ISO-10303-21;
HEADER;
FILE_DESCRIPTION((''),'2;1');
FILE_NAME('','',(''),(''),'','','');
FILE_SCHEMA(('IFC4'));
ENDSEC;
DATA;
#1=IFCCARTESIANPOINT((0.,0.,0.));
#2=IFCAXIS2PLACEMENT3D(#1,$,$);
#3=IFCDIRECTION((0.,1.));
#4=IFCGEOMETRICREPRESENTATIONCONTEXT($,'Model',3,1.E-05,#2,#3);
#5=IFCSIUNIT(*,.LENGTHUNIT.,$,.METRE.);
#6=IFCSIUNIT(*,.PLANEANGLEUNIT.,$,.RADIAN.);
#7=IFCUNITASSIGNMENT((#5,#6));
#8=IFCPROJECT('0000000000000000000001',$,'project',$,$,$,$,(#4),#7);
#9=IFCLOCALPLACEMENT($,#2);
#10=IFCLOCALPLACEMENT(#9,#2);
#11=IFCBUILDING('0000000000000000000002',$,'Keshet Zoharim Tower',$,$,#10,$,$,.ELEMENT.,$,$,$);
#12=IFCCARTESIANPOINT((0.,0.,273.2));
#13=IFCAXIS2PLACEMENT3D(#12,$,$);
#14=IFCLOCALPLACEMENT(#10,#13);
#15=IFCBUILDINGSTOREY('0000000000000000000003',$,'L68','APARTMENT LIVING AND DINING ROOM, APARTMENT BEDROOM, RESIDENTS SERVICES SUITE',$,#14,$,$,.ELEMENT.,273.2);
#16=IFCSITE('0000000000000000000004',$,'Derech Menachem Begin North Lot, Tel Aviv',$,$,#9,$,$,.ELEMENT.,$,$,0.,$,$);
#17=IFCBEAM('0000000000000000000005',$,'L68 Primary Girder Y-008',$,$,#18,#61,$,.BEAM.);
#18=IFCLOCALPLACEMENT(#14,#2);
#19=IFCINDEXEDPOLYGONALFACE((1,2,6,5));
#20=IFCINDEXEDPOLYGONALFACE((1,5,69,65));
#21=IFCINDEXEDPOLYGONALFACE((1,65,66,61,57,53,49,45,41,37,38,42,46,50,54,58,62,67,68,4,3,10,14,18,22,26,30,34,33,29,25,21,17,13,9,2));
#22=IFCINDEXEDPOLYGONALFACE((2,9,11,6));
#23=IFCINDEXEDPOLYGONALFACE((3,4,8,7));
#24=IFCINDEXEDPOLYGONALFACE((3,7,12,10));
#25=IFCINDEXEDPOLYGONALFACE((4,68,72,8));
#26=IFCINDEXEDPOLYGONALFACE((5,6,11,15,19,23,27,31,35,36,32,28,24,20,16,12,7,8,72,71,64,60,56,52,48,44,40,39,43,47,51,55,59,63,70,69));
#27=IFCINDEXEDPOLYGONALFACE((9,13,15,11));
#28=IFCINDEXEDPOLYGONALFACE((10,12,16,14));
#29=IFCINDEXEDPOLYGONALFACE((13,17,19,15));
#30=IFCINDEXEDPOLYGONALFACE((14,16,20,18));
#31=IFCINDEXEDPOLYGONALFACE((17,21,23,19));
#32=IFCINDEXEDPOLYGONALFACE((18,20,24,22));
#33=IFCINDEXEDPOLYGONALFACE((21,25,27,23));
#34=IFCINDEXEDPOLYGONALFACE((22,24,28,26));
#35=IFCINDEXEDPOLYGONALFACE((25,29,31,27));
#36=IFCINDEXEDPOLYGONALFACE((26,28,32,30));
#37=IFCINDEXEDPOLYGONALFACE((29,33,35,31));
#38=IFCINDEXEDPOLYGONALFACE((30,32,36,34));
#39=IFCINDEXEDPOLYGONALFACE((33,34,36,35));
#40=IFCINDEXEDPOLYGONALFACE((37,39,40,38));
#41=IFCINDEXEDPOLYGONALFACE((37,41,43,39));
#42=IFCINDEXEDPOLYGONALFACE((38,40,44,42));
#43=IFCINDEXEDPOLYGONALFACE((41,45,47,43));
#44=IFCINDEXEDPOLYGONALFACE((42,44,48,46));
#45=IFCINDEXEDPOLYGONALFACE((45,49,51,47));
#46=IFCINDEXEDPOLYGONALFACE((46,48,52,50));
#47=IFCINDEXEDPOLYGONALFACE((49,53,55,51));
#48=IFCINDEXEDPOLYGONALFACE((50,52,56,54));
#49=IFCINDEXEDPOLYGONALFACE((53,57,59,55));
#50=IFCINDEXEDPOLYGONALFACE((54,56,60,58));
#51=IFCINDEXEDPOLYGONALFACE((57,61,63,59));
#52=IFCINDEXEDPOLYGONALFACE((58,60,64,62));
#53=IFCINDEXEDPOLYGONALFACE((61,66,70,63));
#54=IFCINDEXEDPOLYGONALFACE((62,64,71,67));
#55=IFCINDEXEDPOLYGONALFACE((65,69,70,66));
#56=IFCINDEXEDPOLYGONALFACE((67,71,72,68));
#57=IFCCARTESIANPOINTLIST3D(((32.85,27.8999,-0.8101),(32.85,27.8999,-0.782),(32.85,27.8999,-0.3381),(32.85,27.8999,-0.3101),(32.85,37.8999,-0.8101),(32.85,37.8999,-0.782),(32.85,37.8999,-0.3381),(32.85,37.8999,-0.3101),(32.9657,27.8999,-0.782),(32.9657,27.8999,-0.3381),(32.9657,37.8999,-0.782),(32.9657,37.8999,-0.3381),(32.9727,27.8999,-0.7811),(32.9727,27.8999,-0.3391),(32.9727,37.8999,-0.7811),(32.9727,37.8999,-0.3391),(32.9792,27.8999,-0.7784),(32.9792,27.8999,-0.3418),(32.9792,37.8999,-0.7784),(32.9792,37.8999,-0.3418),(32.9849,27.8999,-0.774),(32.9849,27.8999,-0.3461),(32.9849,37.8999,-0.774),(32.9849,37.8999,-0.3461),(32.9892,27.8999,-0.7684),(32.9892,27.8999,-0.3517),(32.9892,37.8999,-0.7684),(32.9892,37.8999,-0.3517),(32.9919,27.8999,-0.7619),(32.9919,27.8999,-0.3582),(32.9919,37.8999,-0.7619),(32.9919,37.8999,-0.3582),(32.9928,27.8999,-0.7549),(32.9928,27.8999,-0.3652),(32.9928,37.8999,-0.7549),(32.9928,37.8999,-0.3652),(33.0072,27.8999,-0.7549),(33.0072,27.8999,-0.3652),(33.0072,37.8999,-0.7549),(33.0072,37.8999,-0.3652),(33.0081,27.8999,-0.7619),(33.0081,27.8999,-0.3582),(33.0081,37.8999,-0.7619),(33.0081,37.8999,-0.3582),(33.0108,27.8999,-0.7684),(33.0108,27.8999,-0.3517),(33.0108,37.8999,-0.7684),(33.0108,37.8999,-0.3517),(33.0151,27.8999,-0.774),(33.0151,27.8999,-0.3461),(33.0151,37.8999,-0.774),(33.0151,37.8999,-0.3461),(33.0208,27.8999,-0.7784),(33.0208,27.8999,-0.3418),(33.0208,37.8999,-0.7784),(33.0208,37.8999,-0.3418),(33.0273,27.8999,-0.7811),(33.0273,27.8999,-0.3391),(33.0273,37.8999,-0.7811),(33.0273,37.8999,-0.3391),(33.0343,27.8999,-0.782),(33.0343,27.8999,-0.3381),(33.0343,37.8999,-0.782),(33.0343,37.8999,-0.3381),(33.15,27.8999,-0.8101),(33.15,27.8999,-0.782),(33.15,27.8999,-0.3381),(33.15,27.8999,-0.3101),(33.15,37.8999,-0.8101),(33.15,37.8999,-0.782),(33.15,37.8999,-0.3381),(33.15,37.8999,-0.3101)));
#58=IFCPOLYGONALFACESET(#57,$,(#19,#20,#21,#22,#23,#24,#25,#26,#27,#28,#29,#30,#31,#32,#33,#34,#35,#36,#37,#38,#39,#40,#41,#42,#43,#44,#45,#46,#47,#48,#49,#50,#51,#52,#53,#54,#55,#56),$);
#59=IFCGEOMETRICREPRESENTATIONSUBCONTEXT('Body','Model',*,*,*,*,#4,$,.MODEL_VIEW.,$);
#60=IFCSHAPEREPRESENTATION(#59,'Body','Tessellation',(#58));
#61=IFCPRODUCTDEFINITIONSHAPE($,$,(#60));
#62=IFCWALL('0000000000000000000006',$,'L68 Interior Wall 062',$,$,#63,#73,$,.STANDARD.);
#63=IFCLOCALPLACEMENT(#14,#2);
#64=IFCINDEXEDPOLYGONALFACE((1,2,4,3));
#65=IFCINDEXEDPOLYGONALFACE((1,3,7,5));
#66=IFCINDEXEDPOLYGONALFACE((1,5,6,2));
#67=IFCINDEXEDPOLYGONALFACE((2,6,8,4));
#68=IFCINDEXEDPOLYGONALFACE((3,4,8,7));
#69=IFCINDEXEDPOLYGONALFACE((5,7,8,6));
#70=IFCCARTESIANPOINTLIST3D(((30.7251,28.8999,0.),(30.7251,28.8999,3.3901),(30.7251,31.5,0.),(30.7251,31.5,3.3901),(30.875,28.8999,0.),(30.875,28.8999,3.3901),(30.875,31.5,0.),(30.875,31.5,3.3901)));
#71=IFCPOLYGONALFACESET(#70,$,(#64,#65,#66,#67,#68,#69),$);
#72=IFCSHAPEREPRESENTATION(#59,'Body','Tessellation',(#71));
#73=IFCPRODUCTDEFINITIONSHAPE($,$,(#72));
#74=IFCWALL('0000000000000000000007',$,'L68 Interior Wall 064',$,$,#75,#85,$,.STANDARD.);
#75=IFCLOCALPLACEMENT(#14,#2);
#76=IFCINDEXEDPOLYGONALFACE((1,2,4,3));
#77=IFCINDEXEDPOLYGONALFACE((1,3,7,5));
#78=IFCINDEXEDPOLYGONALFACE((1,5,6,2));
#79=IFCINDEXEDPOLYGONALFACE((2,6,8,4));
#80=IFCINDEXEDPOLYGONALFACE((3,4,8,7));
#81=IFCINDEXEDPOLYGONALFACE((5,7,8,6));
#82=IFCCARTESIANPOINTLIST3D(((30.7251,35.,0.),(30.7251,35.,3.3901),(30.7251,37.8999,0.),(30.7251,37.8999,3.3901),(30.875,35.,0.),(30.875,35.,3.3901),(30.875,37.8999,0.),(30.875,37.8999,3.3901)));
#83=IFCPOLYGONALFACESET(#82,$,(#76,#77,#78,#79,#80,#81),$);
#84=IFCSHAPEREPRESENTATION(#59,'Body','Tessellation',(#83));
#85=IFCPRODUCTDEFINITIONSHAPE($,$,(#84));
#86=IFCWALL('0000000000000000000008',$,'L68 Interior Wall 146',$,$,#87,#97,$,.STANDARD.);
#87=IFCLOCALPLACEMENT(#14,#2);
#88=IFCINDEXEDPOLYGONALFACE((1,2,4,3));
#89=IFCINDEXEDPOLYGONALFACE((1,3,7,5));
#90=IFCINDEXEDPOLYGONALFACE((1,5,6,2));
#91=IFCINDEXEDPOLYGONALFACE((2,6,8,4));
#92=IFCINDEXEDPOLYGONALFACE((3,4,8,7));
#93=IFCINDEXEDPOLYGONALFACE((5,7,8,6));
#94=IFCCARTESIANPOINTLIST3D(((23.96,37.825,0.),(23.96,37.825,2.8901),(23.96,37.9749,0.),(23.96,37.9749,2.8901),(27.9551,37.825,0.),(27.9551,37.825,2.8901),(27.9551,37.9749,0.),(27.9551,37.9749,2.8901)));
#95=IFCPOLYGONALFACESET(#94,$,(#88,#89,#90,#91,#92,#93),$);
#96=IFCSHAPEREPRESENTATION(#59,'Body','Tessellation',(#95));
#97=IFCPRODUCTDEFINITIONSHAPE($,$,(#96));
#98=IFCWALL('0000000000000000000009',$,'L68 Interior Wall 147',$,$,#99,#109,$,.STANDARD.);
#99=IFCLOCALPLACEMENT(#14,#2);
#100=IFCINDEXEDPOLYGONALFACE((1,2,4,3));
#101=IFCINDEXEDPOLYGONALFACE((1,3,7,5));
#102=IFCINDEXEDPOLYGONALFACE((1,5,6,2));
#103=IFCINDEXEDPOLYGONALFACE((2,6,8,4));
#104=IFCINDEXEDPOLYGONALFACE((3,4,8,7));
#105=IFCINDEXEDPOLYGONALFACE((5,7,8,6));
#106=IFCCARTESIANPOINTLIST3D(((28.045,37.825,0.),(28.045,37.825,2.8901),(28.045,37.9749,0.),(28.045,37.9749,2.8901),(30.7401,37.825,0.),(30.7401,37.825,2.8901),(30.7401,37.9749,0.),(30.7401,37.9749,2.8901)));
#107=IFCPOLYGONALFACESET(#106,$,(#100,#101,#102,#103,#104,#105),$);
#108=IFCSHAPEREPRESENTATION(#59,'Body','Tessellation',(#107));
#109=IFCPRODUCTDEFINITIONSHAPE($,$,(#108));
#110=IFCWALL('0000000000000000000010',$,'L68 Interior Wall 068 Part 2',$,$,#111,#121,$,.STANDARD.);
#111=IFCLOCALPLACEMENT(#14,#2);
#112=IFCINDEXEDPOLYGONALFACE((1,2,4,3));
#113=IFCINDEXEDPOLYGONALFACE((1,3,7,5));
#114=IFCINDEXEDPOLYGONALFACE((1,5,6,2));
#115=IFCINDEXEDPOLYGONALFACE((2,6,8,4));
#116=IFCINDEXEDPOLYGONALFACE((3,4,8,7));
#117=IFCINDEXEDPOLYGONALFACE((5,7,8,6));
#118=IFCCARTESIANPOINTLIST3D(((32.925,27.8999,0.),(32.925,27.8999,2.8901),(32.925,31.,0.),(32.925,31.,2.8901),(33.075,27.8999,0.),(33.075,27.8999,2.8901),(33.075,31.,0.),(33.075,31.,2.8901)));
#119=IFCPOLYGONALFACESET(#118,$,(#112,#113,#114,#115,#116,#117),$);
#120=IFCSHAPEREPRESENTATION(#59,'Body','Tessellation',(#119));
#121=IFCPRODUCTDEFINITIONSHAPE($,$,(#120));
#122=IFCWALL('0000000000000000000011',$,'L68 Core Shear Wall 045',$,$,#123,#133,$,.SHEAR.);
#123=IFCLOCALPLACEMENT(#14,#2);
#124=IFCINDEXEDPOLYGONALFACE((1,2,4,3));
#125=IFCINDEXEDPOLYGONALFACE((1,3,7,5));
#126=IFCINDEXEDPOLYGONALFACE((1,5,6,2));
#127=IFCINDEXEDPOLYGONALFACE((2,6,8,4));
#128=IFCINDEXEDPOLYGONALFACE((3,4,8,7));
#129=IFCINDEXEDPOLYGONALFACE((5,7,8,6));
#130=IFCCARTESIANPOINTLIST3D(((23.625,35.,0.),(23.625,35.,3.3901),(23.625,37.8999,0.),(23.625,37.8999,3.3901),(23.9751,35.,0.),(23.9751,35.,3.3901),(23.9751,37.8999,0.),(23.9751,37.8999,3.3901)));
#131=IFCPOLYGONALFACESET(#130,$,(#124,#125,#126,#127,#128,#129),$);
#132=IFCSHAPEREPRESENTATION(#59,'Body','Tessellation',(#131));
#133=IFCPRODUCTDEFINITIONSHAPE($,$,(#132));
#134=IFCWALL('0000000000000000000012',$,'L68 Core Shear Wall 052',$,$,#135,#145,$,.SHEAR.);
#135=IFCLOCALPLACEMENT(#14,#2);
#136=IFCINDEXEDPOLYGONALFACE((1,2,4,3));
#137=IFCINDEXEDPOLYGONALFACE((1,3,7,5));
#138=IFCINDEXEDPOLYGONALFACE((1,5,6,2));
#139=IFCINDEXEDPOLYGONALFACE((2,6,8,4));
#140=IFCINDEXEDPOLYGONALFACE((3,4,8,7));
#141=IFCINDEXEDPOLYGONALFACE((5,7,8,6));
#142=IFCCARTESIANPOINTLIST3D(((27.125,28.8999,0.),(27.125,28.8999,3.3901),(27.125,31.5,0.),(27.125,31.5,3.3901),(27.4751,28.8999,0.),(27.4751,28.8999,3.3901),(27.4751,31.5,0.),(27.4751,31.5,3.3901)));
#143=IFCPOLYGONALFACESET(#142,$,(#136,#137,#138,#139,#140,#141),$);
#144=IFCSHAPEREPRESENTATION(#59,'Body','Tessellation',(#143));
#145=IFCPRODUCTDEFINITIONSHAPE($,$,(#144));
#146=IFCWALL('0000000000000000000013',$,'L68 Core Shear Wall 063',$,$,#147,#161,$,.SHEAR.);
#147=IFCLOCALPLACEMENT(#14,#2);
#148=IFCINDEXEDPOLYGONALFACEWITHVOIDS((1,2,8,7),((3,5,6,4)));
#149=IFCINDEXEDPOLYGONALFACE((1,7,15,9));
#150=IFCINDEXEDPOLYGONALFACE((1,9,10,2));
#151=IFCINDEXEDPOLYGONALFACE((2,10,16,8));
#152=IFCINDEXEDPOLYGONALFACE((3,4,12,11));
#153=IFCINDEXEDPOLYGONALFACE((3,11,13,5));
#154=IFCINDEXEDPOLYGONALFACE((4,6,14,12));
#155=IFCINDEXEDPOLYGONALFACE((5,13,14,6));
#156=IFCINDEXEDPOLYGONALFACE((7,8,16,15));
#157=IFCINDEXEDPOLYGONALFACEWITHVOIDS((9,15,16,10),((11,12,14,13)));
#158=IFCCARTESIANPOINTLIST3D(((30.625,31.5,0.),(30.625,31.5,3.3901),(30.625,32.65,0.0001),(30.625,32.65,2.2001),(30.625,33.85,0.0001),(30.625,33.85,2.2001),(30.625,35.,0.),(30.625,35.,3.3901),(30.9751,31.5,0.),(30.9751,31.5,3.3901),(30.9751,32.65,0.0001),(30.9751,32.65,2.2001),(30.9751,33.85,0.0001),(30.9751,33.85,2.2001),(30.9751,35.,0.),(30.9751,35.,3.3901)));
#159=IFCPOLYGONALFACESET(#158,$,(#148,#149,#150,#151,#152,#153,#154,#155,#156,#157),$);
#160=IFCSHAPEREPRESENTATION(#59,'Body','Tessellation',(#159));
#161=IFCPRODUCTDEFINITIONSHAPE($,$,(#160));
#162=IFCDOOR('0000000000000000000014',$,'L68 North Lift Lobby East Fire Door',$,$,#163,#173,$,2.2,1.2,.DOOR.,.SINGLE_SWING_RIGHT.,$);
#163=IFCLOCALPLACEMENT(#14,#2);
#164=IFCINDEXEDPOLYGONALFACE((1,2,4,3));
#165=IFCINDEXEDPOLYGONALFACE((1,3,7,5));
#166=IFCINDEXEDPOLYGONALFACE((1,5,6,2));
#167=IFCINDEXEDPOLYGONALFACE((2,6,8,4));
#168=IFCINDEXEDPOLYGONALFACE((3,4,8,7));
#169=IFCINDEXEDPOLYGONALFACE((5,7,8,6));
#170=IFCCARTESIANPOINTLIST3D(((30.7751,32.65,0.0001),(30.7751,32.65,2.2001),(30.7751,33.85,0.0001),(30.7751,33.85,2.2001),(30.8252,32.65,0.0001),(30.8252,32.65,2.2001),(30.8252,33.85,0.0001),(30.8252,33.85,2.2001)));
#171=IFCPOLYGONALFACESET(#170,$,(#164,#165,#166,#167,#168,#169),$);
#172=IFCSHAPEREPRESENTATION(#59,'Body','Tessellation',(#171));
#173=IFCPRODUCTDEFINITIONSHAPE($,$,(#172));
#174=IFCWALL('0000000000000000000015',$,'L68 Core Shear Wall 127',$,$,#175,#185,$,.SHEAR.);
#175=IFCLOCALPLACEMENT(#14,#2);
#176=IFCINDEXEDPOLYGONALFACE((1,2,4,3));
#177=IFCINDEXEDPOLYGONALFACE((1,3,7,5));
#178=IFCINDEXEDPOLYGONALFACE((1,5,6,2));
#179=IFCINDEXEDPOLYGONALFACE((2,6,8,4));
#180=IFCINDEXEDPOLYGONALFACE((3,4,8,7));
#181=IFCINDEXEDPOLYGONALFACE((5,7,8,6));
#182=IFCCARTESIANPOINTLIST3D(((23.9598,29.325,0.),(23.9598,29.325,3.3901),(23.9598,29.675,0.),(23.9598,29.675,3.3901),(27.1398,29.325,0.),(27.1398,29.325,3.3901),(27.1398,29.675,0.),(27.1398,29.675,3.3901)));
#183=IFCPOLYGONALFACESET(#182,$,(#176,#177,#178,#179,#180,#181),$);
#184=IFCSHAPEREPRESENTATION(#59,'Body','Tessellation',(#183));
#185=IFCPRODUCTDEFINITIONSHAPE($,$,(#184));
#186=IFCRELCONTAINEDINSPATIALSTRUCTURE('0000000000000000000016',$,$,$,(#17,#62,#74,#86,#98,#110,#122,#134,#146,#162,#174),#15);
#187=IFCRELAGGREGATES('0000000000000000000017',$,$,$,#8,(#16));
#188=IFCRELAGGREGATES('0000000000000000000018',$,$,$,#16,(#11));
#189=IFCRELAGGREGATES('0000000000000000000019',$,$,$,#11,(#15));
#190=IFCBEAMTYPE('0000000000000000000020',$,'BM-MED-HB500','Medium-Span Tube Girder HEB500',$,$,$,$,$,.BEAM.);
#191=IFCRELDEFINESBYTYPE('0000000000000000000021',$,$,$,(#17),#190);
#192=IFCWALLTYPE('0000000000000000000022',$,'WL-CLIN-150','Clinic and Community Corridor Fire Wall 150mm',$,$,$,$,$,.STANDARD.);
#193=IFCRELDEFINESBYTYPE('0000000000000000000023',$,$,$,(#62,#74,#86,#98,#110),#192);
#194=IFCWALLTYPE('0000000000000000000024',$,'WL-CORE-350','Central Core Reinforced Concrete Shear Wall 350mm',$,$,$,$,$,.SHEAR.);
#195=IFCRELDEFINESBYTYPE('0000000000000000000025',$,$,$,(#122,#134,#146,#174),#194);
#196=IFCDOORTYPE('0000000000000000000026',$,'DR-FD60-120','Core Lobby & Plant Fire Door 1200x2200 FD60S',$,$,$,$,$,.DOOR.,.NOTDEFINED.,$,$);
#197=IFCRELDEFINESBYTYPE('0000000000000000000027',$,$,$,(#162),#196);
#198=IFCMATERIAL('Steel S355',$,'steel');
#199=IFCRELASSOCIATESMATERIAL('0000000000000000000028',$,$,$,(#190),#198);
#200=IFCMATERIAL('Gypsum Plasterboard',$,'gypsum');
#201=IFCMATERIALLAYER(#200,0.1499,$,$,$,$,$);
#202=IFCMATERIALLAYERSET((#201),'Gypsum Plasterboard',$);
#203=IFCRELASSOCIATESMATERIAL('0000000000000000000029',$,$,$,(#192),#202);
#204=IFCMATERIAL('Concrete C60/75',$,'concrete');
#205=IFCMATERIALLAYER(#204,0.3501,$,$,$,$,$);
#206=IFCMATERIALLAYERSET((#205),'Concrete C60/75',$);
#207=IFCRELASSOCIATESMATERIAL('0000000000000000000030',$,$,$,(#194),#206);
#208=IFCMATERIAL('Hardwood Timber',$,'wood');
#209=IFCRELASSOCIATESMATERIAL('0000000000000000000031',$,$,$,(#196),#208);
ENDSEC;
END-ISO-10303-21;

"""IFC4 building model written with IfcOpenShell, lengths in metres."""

from ifc_helpers import new_model, si_unit, direction, frame, frame_2d, origin, origin_2d, place, context, subcontext, project, spatial, rectangle, i_section, extrude, material, layer, layer_set, material_profile, profile_set, type_object, element, fill, save


model = new_model("IFC4")

# Units and contexts
model_context = context("Model", 3, precision=1e-05, world=origin(), true_north=direction((0.0, 1.0)))
body_context = subcontext(model_context, "Body", "Model", "MODEL_VIEW")
ifc_project = project(units=[si_unit("LENGTHUNIT", "METRE"), si_unit("PLANEANGLEUNIT", "RADIAN")], contexts=[model_context])

# Site, building, storey
site_placement = place(None, origin())
site = spatial("IfcSite", under=ifc_project, at=site_placement, Name="Derech Menachem Begin North Lot, Tel Aviv", CompositionType="ELEMENT", RefElevation=0.0)
building_placement = place(site_placement, origin())
building = spatial("IfcBuilding", under=site, at=building_placement, Name="Keshet Zoharim Tower", CompositionType="ELEMENT")
storey_placement = place(building_placement, frame((0.0, 0.0, 273.2)))
storey = spatial("IfcBuildingStorey", under=building, at=storey_placement, Name="L68", Description="APARTMENT LIVING AND DINING ROOM, APARTMENT BEDROOM, RESIDENTS SERVICES SUITE", CompositionType="ELEMENT", Elevation=273.2)

# Beam
ifc_material_1 = material(Name="Steel S355", Category="steel")
ifc_material_profile_1 = material_profile(ifc_material_1, i_section(OverallWidth=0.3, OverallDepth=0.5, WebThickness=0.0144, FlangeThickness=0.0281, FilletRadius=0.0271, at=origin_2d()), Name="HEB500")
ifc_profile_set_1 = profile_set([ifc_material_profile_1], Name="Steel S355")
beam_type_1 = type_object("IfcBeamType", Name="BM-MED-HB500", Description="Medium-Span Tube Girder HEB500", PredefinedType="BEAM", material=ifc_profile_set_1)
beam_1_placement = place(storey_placement, frame((33.0, 27.8999, -0.5601), z_axis=(0.0, 1.0, 0.0), x_axis=(-1.0, 0.0, 0.0)))
element("IfcBeam", 1, at=beam_1_placement, inside=storey, type_object=beam_type_1, Name="L68 Primary Girder Y-008", PredefinedType="BEAM", context=body_context, shape_type="SweptSolid", body=[
    extrude(i_section(OverallWidth=0.3, OverallDepth=0.5, WebThickness=0.0144, FlangeThickness=0.0281, FilletRadius=0.0271, at=origin_2d()), origin(), (0.0, 0.0, 1.0), 10.0),
])

# Walls
ifc_material_2 = material(Name="Gypsum Plasterboard", Category="gypsum")
ifc_layer_1 = layer(ifc_material_2, 0.1499)
ifc_layer_set_1 = layer_set([ifc_layer_1], Name="Gypsum Plasterboard")
wall_type_1 = type_object("IfcWallType", Name="WL-CLIN-150", Description="Clinic and Community Corridor Fire Wall 150mm", PredefinedType="STANDARD", material=ifc_layer_set_1)
wall_1_placement = place(storey_placement, frame((30.8, 28.8999, 0.0), z_axis=(0.0, 0.0, 1.0), x_axis=(0.0, 1.0, 0.0)))
element("IfcWall", 2, at=wall_1_placement, inside=storey, type_object=wall_type_1, Name="L68 Interior Wall 062", PredefinedType="STANDARD", context=body_context, shape_type="SweptSolid", body=[
    extrude(rectangle(XDim=2.6001, YDim=0.1499, at=frame_2d((1.3, 0.0))), origin(), (0.0, 0.0, 1.0), 3.3901),
])
wall_2_placement = place(storey_placement, frame((30.8, 35.0, 0.0), z_axis=(0.0, 0.0, 1.0), x_axis=(0.0, 1.0, 0.0)))
element("IfcWall", 3, at=wall_2_placement, inside=storey, type_object=wall_type_1, Name="L68 Interior Wall 064", PredefinedType="STANDARD", context=body_context, shape_type="SweptSolid", body=[
    extrude(rectangle(XDim=2.8999, YDim=0.1499, at=frame_2d((1.45, 0.0))), origin(), (0.0, 0.0, 1.0), 3.3901),
])
wall_3_placement = place(storey_placement, frame((23.96, 37.8999, 0.0), z_axis=(0.0, 0.0, 1.0), x_axis=(1.0, 0.0, 0.0)))
element("IfcWall", 4, at=wall_3_placement, inside=storey, type_object=wall_type_1, Name="L68 Interior Wall 146", PredefinedType="STANDARD", context=body_context, shape_type="SweptSolid", body=[
    extrude(rectangle(XDim=3.9951, YDim=0.1499, at=frame_2d((1.9976, 0.0))), origin(), (0.0, 0.0, 1.0), 2.8901),
])
wall_4_placement = place(storey_placement, frame((28.0449, 37.8999, 0.0), z_axis=(0.0, 0.0, 1.0), x_axis=(1.0, 0.0, 0.0)))
element("IfcWall", 5, at=wall_4_placement, inside=storey, type_object=wall_type_1, Name="L68 Interior Wall 147", PredefinedType="STANDARD", context=body_context, shape_type="SweptSolid", body=[
    extrude(rectangle(XDim=2.6951, YDim=0.1499, at=frame_2d((1.3477, 0.0))), origin(), (0.0, 0.0, 1.0), 2.8901),
])
wall_5_placement = place(storey_placement, frame((33.0, 27.8999, 0.0), z_axis=(0.0, 0.0, 1.0), x_axis=(0.0, 1.0, 0.0)))
element("IfcWall", 6, at=wall_5_placement, inside=storey, type_object=wall_type_1, Name="L68 Interior Wall 068 Part 2", PredefinedType="STANDARD", context=body_context, shape_type="SweptSolid", body=[
    extrude(rectangle(XDim=3.1001, YDim=0.1499, at=frame_2d((1.55, 0.0))), origin(), (0.0, 0.0, 1.0), 2.8901),
])
ifc_material_3 = material(Name="Concrete C60/75", Category="concrete")
ifc_layer_2 = layer(ifc_material_3, 0.3501)
ifc_layer_set_2 = layer_set([ifc_layer_2], Name="Concrete C60/75")
wall_type_2 = type_object("IfcWallType", Name="WL-CORE-350", Description="Central Core Reinforced Concrete Shear Wall 350mm", PredefinedType="SHEAR", material=ifc_layer_set_2)
wall_6_placement = place(storey_placement, frame((23.8, 35.0, 0.0), z_axis=(0.0, 0.0, 1.0), x_axis=(0.0, 1.0, 0.0)))
element("IfcWall", 7, at=wall_6_placement, inside=storey, type_object=wall_type_2, Name="L68 Core Shear Wall 045", PredefinedType="SHEAR", context=body_context, shape_type="SweptSolid", body=[
    extrude(rectangle(XDim=2.8999, YDim=0.3501, at=frame_2d((1.45, 0.0))), origin(), (0.0, 0.0, 1.0), 3.3901),
])
wall_7_placement = place(storey_placement, frame((27.3, 28.8999, 0.0), z_axis=(0.0, 0.0, 1.0), x_axis=(0.0, 1.0, 0.0)))
element("IfcWall", 8, at=wall_7_placement, inside=storey, type_object=wall_type_2, Name="L68 Core Shear Wall 052", PredefinedType="SHEAR", context=body_context, shape_type="SweptSolid", body=[
    extrude(rectangle(XDim=2.6001, YDim=0.3501, at=frame_2d((1.3, 0.0))), origin(), (0.0, 0.0, 1.0), 3.3901),
])

# Wall, opening, door
wall_8_placement = place(storey_placement, frame((30.8, 31.5, 0.0), z_axis=(0.0, 0.0, 1.0), x_axis=(0.0, 1.0, 0.0)))
wall_8 = element("IfcWall", 9, at=wall_8_placement, inside=storey, type_object=wall_type_2, Name="L68 Core Shear Wall 063", PredefinedType="SHEAR", context=body_context, shape_type="SweptSolid", body=[
    extrude(rectangle(XDim=3.5, YDim=0.3501, at=frame_2d((1.75, 0.0))), origin(), (0.0, 0.0, 1.0), 3.3901),
])
opening_1_placement = place(wall_8_placement, frame((1.1499, 0.0, 0.0)))
opening_1 = element("IfcOpeningElement", 10, at=opening_1_placement, cuts=wall_8, PredefinedType="OPENING", context=body_context, shape_type="SweptSolid", body=[
    extrude(rectangle(XDim=1.2, YDim=2.2, at=frame_2d((0.6001, 1.1001))), frame((0.0, 0.1851, 0.0), z_axis=(0.0, -1.0, 0.0), x_axis=(1.0, 0.0, 0.0)), (0.0, 0.0, 1.0), 0.3701),
])
ifc_material_4 = material(Name="Hardwood Timber", Category="wood")
door_type_1 = type_object("IfcDoorType", Name="DR-FD60-120", Description="Core Lobby & Plant Fire Door 1200x2200 FD60S", OperationType="NOTDEFINED", PredefinedType="DOOR", material=ifc_material_4)
door_1_placement = place(opening_1_placement, origin())
door_1 = element("IfcDoor", 11, at=door_1_placement, inside=storey, type_object=door_type_1, Name="L68 North Lift Lobby East Fire Door", OperationType="SINGLE_SWING_RIGHT", OverallHeight=2.2, OverallWidth=1.2, PredefinedType="DOOR", context=body_context, shape_type="SweptSolid", body=[
    extrude(rectangle(XDim=1.2, YDim=2.2, at=frame_2d((0.6001, 1.1001))), frame((0.0, 0.0249, 0.0), z_axis=(0.0, -1.0, 0.0), x_axis=(1.0, 0.0, 0.0)), (0.0, 0.0, 1.0), 0.05),
])
fill(opening_1, door_1)

# Wall
wall_9_placement = place(storey_placement, frame((23.96, 29.5, 0.0), z_axis=(0.0, 0.0, 1.0), x_axis=(1.0, 0.0, 0.0)))
element("IfcWall", 12, at=wall_9_placement, inside=storey, type_object=wall_type_2, Name="L68 Core Shear Wall 127", PredefinedType="SHEAR", context=body_context, shape_type="SweptSolid", body=[
    extrude(rectangle(XDim=3.1799, YDim=0.3501, at=frame_2d((1.5898, 0.0))), origin(), (0.0, 0.0, 1.0), 3.3901),
])

save(model, "model.ifc")
